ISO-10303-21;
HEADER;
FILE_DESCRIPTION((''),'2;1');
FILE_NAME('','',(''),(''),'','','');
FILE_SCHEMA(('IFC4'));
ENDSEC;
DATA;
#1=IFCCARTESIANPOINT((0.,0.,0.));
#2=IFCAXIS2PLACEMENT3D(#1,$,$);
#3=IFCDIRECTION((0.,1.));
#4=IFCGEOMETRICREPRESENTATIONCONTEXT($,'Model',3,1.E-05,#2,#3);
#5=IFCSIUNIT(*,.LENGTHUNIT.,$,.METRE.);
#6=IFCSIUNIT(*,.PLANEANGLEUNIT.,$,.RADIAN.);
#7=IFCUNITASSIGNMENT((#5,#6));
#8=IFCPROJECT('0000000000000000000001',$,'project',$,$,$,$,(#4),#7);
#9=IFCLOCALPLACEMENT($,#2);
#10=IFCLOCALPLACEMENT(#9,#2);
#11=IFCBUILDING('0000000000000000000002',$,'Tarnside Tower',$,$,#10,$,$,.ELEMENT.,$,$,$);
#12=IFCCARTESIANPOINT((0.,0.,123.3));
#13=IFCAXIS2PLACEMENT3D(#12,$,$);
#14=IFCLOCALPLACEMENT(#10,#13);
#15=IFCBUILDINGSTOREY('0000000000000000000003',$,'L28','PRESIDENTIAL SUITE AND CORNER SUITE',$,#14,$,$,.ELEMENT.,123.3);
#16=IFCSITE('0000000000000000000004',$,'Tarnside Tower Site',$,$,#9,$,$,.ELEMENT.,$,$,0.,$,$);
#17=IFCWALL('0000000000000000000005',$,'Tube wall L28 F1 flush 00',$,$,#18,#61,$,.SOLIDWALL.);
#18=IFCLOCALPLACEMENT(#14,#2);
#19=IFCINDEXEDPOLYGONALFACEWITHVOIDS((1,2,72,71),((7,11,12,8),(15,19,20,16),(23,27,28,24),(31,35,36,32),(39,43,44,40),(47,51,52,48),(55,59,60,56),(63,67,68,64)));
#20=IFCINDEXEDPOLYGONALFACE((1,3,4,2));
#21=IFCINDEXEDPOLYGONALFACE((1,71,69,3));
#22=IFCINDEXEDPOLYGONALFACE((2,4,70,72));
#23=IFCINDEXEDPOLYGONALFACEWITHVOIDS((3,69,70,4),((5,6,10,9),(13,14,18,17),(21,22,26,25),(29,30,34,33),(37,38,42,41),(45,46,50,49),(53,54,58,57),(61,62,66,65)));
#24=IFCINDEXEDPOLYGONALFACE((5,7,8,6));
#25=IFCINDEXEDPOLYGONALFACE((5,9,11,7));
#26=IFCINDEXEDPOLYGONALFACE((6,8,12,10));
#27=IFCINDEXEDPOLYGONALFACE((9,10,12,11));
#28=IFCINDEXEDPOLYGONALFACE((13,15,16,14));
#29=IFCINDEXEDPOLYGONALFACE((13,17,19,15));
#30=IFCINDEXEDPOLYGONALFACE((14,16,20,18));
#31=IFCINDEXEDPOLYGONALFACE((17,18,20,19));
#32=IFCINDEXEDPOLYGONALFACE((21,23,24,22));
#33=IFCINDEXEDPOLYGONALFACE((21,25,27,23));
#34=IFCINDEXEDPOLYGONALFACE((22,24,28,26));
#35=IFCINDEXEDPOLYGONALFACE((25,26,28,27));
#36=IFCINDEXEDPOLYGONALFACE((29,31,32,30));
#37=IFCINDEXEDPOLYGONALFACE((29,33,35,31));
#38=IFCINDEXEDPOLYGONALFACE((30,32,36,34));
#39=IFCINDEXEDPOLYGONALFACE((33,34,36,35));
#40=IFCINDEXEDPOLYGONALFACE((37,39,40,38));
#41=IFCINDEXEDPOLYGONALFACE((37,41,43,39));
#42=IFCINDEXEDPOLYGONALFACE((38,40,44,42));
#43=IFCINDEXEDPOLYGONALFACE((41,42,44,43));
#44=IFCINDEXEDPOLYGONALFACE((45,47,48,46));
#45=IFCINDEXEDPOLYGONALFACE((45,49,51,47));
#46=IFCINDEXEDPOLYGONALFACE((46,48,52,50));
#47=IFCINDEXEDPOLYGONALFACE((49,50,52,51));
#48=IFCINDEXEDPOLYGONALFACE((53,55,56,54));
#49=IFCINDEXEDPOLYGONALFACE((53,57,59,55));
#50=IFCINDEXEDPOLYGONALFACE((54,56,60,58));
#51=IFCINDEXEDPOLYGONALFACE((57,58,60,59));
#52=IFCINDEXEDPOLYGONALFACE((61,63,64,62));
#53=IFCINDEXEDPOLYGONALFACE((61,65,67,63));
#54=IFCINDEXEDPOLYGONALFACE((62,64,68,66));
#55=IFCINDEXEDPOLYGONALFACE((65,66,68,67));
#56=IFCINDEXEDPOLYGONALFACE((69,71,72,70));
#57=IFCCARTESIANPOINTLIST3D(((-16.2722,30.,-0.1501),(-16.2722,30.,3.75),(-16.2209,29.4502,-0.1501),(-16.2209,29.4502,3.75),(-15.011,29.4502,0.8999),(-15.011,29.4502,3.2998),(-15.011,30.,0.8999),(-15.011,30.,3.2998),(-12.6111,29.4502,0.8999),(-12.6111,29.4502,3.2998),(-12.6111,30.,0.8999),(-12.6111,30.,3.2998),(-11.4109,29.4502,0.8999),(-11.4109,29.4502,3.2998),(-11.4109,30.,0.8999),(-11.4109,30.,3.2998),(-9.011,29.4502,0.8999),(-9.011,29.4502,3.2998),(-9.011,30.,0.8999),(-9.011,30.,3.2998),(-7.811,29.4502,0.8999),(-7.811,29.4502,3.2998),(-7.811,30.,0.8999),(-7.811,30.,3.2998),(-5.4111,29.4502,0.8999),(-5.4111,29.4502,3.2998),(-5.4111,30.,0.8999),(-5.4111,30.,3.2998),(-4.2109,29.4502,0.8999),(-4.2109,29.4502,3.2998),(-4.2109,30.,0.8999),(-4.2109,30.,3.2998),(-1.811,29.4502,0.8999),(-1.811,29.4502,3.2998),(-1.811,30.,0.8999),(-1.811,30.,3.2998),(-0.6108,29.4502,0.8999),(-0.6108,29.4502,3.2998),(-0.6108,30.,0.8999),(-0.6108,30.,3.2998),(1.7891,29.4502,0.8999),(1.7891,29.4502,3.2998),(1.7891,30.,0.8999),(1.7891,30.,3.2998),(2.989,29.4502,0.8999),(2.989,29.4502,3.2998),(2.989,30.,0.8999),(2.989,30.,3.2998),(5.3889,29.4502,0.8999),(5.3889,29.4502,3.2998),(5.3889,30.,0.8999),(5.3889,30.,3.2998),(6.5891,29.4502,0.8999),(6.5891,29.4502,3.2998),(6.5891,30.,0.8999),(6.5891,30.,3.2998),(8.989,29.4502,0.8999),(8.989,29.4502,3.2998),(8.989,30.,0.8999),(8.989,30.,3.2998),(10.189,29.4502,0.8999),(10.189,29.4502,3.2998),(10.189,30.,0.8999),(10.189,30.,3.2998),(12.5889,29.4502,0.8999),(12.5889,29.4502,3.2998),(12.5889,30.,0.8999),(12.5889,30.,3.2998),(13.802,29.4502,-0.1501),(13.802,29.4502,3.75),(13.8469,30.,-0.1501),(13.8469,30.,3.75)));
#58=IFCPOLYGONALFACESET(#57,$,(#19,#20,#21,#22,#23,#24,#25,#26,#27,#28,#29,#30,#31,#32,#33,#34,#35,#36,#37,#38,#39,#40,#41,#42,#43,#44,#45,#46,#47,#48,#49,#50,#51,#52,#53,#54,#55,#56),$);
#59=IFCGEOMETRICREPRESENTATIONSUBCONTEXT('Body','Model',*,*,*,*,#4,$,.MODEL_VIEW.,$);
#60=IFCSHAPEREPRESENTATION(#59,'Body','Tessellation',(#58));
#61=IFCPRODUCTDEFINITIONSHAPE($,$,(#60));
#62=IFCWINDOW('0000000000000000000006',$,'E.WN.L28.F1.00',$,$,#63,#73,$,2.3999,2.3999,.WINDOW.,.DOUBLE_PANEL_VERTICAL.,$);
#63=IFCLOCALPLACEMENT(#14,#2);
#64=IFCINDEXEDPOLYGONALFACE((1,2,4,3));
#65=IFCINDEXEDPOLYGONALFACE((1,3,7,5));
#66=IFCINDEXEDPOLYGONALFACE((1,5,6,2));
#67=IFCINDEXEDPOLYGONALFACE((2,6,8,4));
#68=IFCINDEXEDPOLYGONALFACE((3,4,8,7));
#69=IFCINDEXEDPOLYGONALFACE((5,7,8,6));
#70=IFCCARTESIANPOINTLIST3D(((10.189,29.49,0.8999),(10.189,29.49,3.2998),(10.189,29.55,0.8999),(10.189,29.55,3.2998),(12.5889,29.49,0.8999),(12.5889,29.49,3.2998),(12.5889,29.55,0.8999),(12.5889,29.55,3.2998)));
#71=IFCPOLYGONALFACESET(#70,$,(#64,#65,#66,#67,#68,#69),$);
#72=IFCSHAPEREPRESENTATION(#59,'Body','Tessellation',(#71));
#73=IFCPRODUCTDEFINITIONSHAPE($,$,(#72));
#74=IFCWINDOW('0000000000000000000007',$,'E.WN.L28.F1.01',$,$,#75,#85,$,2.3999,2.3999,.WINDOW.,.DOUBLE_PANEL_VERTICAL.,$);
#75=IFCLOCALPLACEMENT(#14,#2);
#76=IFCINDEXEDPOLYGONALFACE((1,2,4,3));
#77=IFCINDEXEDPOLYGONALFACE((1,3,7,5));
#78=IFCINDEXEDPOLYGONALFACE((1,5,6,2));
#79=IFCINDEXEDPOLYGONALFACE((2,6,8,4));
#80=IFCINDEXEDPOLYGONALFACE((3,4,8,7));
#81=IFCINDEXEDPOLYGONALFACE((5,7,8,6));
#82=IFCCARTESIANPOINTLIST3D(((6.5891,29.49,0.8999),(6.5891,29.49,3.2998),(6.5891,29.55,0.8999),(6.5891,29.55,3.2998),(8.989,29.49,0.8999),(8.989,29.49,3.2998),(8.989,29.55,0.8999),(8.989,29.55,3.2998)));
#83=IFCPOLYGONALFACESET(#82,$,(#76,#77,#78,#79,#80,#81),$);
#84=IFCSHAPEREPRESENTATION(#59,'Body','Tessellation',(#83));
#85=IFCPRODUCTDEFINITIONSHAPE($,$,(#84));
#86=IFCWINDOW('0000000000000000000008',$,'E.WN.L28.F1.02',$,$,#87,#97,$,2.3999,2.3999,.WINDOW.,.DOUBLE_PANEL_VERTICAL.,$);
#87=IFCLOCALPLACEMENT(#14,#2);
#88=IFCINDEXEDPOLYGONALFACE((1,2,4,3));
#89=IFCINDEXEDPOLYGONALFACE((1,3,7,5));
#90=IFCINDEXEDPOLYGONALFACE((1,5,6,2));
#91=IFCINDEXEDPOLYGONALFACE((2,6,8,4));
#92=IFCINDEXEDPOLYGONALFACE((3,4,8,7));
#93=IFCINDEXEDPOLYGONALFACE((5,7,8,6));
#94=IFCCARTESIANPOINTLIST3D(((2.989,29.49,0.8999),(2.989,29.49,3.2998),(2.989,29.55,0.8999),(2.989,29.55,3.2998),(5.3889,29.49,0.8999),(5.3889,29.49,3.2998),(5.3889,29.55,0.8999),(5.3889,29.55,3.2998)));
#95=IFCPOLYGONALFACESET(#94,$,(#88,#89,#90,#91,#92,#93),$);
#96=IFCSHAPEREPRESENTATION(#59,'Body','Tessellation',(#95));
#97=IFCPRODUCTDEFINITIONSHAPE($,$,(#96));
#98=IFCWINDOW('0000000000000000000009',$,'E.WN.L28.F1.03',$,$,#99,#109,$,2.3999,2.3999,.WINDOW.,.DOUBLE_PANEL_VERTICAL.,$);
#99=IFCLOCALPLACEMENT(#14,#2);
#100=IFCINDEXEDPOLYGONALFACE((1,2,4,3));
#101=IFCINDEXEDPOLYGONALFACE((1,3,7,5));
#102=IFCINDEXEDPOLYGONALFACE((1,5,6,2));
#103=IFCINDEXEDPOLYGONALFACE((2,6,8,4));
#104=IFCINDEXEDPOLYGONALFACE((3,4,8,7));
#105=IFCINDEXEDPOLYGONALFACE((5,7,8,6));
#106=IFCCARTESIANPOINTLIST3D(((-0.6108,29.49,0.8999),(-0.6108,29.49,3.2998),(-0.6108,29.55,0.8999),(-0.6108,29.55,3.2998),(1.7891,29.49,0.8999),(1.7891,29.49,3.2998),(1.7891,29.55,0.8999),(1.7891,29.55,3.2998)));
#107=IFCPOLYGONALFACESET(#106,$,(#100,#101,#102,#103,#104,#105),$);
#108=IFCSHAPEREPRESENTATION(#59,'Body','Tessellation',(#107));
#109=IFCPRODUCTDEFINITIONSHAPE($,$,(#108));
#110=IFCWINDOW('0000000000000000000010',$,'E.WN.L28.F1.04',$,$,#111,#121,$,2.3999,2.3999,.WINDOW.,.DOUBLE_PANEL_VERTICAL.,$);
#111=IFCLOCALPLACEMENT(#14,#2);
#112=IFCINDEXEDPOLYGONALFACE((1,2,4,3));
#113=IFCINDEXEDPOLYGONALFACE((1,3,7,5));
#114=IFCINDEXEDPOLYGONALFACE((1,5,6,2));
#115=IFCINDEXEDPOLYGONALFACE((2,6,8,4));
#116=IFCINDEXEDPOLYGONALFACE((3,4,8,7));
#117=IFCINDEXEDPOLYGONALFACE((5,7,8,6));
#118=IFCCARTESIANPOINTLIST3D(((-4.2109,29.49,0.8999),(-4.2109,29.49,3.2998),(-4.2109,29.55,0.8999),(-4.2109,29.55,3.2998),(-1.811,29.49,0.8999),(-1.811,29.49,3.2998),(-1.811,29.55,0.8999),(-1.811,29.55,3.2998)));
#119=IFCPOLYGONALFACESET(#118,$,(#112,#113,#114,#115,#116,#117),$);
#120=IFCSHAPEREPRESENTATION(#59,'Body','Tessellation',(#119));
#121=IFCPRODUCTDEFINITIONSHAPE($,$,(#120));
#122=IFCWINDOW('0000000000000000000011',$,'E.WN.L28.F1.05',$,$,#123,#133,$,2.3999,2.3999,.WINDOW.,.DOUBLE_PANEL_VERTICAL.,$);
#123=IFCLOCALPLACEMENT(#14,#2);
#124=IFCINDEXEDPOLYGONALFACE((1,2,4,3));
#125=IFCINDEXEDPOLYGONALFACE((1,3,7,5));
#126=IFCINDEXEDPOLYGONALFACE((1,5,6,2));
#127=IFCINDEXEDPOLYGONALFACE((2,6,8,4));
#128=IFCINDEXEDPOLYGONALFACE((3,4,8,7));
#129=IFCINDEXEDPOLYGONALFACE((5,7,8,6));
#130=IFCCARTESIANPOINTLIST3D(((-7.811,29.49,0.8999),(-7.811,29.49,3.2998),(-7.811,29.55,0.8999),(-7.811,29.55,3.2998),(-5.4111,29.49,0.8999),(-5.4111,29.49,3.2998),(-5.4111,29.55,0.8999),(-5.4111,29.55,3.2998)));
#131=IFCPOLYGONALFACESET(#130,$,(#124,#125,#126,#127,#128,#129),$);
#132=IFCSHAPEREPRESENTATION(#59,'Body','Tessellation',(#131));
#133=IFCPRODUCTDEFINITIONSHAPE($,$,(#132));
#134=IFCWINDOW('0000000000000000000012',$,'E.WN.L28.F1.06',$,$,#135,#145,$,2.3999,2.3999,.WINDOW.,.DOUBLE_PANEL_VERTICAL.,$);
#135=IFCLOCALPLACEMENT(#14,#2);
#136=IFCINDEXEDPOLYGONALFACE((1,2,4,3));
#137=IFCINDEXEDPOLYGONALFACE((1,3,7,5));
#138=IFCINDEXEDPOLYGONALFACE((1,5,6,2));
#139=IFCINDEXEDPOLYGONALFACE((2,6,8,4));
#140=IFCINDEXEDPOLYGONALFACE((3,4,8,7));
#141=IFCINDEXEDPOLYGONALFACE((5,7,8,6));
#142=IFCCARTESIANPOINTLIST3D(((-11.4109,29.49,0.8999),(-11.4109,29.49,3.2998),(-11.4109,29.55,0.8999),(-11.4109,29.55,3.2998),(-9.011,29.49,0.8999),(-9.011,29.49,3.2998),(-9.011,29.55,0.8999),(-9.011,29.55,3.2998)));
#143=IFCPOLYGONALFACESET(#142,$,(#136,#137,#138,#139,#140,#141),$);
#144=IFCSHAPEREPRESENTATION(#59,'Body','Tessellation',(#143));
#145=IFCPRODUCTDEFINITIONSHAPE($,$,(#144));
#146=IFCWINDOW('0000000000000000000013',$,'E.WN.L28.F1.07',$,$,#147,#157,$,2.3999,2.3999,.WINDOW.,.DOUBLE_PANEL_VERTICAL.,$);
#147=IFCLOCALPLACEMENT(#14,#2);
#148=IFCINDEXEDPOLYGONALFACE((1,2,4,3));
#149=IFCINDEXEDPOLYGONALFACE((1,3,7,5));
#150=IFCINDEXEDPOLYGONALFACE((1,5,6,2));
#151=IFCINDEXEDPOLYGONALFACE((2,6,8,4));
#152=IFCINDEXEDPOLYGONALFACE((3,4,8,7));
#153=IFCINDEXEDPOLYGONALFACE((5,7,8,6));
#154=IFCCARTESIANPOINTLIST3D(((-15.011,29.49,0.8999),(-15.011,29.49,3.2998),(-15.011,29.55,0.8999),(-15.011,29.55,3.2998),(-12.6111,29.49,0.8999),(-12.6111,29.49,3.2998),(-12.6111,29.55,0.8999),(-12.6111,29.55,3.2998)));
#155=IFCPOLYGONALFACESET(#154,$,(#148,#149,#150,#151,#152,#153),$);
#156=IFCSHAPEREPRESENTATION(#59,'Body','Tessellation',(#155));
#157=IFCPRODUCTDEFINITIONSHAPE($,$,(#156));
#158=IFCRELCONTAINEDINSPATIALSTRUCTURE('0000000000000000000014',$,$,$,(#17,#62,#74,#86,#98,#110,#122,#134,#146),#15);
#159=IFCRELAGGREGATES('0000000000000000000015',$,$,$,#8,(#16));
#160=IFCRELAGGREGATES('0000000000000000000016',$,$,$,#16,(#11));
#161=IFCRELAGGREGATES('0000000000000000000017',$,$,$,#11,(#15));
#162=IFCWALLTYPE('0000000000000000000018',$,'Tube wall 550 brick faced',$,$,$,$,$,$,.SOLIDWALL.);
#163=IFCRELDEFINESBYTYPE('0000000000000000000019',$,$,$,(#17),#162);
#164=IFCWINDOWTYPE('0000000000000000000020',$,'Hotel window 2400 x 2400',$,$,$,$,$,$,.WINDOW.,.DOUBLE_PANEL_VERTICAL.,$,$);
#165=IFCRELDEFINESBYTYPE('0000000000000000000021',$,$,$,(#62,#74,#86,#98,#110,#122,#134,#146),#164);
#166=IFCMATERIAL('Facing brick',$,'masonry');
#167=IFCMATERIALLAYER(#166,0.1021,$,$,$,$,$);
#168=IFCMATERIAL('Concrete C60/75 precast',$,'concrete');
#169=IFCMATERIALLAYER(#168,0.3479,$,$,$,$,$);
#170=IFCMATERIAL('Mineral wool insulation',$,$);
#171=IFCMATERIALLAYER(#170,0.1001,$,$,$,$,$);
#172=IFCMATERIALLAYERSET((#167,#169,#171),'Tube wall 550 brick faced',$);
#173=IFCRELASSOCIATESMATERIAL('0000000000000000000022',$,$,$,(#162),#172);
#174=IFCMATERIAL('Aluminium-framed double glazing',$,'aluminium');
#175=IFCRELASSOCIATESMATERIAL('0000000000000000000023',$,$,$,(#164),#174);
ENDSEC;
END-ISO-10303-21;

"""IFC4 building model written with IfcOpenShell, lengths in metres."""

from ifc_helpers import new_model, si_unit, direction, frame, frame_2d, origin, place, context, subcontext, project, spatial, polyline, rectangle, outline, extrude, material, layer, layer_set, type_object, element, fill, save


model = new_model("IFC4")

# Units and contexts
model_context = context("Model", 3, precision=1e-05, world=origin(), true_north=direction((0.0, 1.0)))
body_context = subcontext(model_context, "Body", "Model", "MODEL_VIEW")
ifc_project = project(units=[si_unit("LENGTHUNIT", "METRE"), si_unit("PLANEANGLEUNIT", "RADIAN")], contexts=[model_context])

# Site, building, storey
site_placement = place(None, origin())
site = spatial("IfcSite", under=ifc_project, at=site_placement, Name="Tarnside Tower Site", CompositionType="ELEMENT", RefElevation=0.0)
building_placement = place(site_placement, origin())
building = spatial("IfcBuilding", under=site, at=building_placement, Name="Tarnside Tower", CompositionType="ELEMENT")
storey_placement = place(building_placement, frame((0.0, 0.0, 123.3)))
storey = spatial("IfcBuildingStorey", under=building, at=storey_placement, Name="L28", Description="PRESIDENTIAL SUITE AND CORNER SUITE", CompositionType="ELEMENT", Elevation=123.3)

# Wall, openings, windows
ifc_material_1 = material(Name="Facing brick", Category="masonry")
ifc_layer_1 = layer(ifc_material_1, 0.1021)
ifc_material_2 = material(Name="Concrete C60/75 precast", Category="concrete")
ifc_layer_2 = layer(ifc_material_2, 0.3479)
ifc_material_3 = material(Name="Mineral wool insulation")
ifc_layer_3 = layer(ifc_material_3, 0.1001)
ifc_layer_set_1 = layer_set([ifc_layer_1, ifc_layer_2, ifc_layer_3], Name="Tube wall 550 brick faced")
wall_type_1 = type_object("IfcWallType", Name="Tube wall 550 brick faced", PredefinedType="SOLIDWALL", material=ifc_layer_set_1)
wall_1_placement = place(storey_placement, frame((13.8245, 29.7251, -0.1501), z_axis=(0.0, 0.0, 1.0), x_axis=(-1.0, 0.0, 0.0)))
wall_1 = element("IfcWall", 1, at=wall_1_placement, inside=storey, type_object=wall_type_1, Name="Tube wall L28 F1 flush 00", PredefinedType="SOLIDWALL", context=body_context, shape_type="SweptSolid", body=[
    extrude(outline(polyline([(-0.0225, -0.2749), (30.0967, -0.2749), (30.0454, 0.2749), (0.0225, 0.2749), (-0.0225, -0.2749)])), origin(), (0.0, 0.0, 1.0), 3.9001),
])
opening_1_placement = place(wall_1_placement, frame((1.2356, 0.0, 1.05)))
opening_1 = element("IfcOpeningElement", 2, at=opening_1_placement, cuts=wall_1, PredefinedType="OPENING", context=body_context, shape_type="SweptSolid", body=[
    extrude(rectangle(XDim=2.3999, YDim=2.3999, at=frame_2d((1.2, 1.2))), frame((0.0, 0.2852, 0.0), z_axis=(0.0, -1.0, 0.0), x_axis=(1.0, 0.0, 0.0)), (0.0, 0.0, 1.0), 0.5701),
])
opening_2_placement = place(wall_1_placement, frame((4.8354, 0.0, 1.05)))
opening_2 = element("IfcOpeningElement", 3, at=opening_2_placement, cuts=wall_1, PredefinedType="OPENING", context=body_context, shape_type="SweptSolid", body=[
    extrude(rectangle(XDim=2.3999, YDim=2.3999, at=frame_2d((1.2, 1.2))), frame((0.0, 0.2852, 0.0), z_axis=(0.0, -1.0, 0.0), x_axis=(1.0, 0.0, 0.0)), (0.0, 0.0, 1.0), 0.5701),
])
opening_3_placement = place(wall_1_placement, frame((8.4355, 0.0, 1.05)))
opening_3 = element("IfcOpeningElement", 4, at=opening_3_placement, cuts=wall_1, PredefinedType="OPENING", context=body_context, shape_type="SweptSolid", body=[
    extrude(rectangle(XDim=2.3999, YDim=2.3999, at=frame_2d((1.2, 1.2))), frame((0.0, 0.2852, 0.0), z_axis=(0.0, -1.0, 0.0), x_axis=(1.0, 0.0, 0.0)), (0.0, 0.0, 1.0), 0.5701),
])
opening_4_placement = place(wall_1_placement, frame((12.0354, 0.0, 1.05)))
opening_4 = element("IfcOpeningElement", 5, at=opening_4_placement, cuts=wall_1, PredefinedType="OPENING", context=body_context, shape_type="SweptSolid", body=[
    extrude(rectangle(XDim=2.3999, YDim=2.3999, at=frame_2d((1.2, 1.2))), frame((0.0, 0.2852, 0.0), z_axis=(0.0, -1.0, 0.0), x_axis=(1.0, 0.0, 0.0)), (0.0, 0.0, 1.0), 0.5701),
])
opening_5_placement = place(wall_1_placement, frame((15.6355, 0.0, 1.05)))
opening_5 = element("IfcOpeningElement", 6, at=opening_5_placement, cuts=wall_1, PredefinedType="OPENING", context=body_context, shape_type="SweptSolid", body=[
    extrude(rectangle(XDim=2.3999, YDim=2.3999, at=frame_2d((1.2, 1.2))), frame((0.0, 0.2852, 0.0), z_axis=(0.0, -1.0, 0.0), x_axis=(1.0, 0.0, 0.0)), (0.0, 0.0, 1.0), 0.5701),
])
opening_6_placement = place(wall_1_placement, frame((19.2356, 0.0, 1.05)))
opening_6 = element("IfcOpeningElement", 7, at=opening_6_placement, cuts=wall_1, PredefinedType="OPENING", context=body_context, shape_type="SweptSolid", body=[
    extrude(rectangle(XDim=2.3999, YDim=2.3999, at=frame_2d((1.2, 1.2))), frame((0.0, 0.2852, 0.0), z_axis=(0.0, -1.0, 0.0), x_axis=(1.0, 0.0, 0.0)), (0.0, 0.0, 1.0), 0.5701),
])
opening_7_placement = place(wall_1_placement, frame((22.8354, 0.0, 1.05)))
opening_7 = element("IfcOpeningElement", 8, at=opening_7_placement, cuts=wall_1, PredefinedType="OPENING", context=body_context, shape_type="SweptSolid", body=[
    extrude(rectangle(XDim=2.3999, YDim=2.3999, at=frame_2d((1.2, 1.2))), frame((0.0, 0.2852, 0.0), z_axis=(0.0, -1.0, 0.0), x_axis=(1.0, 0.0, 0.0)), (0.0, 0.0, 1.0), 0.5701),
])
opening_8_placement = place(wall_1_placement, frame((26.4355, 0.0, 1.05)))
opening_8 = element("IfcOpeningElement", 9, at=opening_8_placement, cuts=wall_1, PredefinedType="OPENING", context=body_context, shape_type="SweptSolid", body=[
    extrude(rectangle(XDim=2.3999, YDim=2.3999, at=frame_2d((1.2, 1.2))), frame((0.0, 0.2852, 0.0), z_axis=(0.0, -1.0, 0.0), x_axis=(1.0, 0.0, 0.0)), (0.0, 0.0, 1.0), 0.5701),
])
ifc_material_4 = material(Name="Aluminium-framed double glazing", Category="aluminium")
window_type = type_object("IfcWindowType", Name="Hotel window 2400 x 2400", PartitioningType="DOUBLE_PANEL_VERTICAL", PredefinedType="WINDOW", material=ifc_material_4)
window_1_placement = place(opening_1_placement, frame((0.0, 0.2051, 0.0)))
window_1 = element("IfcWindow", 10, at=window_1_placement, inside=storey, type_object=window_type, Name="E.WN.L28.F1.00", OverallHeight=2.3999, OverallWidth=2.3999, PartitioningType="DOUBLE_PANEL_VERTICAL", PredefinedType="WINDOW", context=body_context, shape_type="SweptSolid", body=[
    extrude(rectangle(XDim=2.3999, YDim=2.3999, at=frame_2d((1.2, 1.2))), frame((0.0, 0.03, 0.0), z_axis=(0.0, -1.0, 0.0), x_axis=(1.0, 0.0, 0.0)), (0.0, 0.0, 1.0), 0.0601),
])
fill(opening_1, window_1)
window_2_placement = place(opening_2_placement, frame((0.0, 0.2051, 0.0)))
window_2 = element("IfcWindow", 11, at=window_2_placement, inside=storey, type_object=window_type, Name="E.WN.L28.F1.01", OverallHeight=2.3999, OverallWidth=2.3999, PartitioningType="DOUBLE_PANEL_VERTICAL", PredefinedType="WINDOW", context=body_context, shape_type="SweptSolid", body=[
    extrude(rectangle(XDim=2.3999, YDim=2.3999, at=frame_2d((1.2, 1.2))), frame((0.0, 0.03, 0.0), z_axis=(0.0, -1.0, 0.0), x_axis=(1.0, 0.0, 0.0)), (0.0, 0.0, 1.0), 0.0601),
])
fill(opening_2, window_2)
window_3_placement = place(opening_3_placement, frame((0.0, 0.2051, 0.0)))
window_3 = element("IfcWindow", 12, at=window_3_placement, inside=storey, type_object=window_type, Name="E.WN.L28.F1.02", OverallHeight=2.3999, OverallWidth=2.3999, PartitioningType="DOUBLE_PANEL_VERTICAL", PredefinedType="WINDOW", context=body_context, shape_type="SweptSolid", body=[
    extrude(rectangle(XDim=2.3999, YDim=2.3999, at=frame_2d((1.2, 1.2))), frame((0.0, 0.03, 0.0), z_axis=(0.0, -1.0, 0.0), x_axis=(1.0, 0.0, 0.0)), (0.0, 0.0, 1.0), 0.0601),
])
fill(opening_3, window_3)
window_4_placement = place(opening_4_placement, frame((0.0, 0.2051, 0.0)))
window_4 = element("IfcWindow", 13, at=window_4_placement, inside=storey, type_object=window_type, Name="E.WN.L28.F1.03", OverallHeight=2.3999, OverallWidth=2.3999, PartitioningType="DOUBLE_PANEL_VERTICAL", PredefinedType="WINDOW", context=body_context, shape_type="SweptSolid", body=[
    extrude(rectangle(XDim=2.3999, YDim=2.3999, at=frame_2d((1.2, 1.2))), frame((0.0, 0.03, 0.0), z_axis=(0.0, -1.0, 0.0), x_axis=(1.0, 0.0, 0.0)), (0.0, 0.0, 1.0), 0.0601),
])
fill(opening_4, window_4)
window_5_placement = place(opening_5_placement, frame((0.0, 0.2051, 0.0)))
window_5 = element("IfcWindow", 14, at=window_5_placement, inside=storey, type_object=window_type, Name="E.WN.L28.F1.04", OverallHeight=2.3999, OverallWidth=2.3999, PartitioningType="DOUBLE_PANEL_VERTICAL", PredefinedType="WINDOW", context=body_context, shape_type="SweptSolid", body=[
    extrude(rectangle(XDim=2.3999, YDim=2.3999, at=frame_2d((1.2, 1.2))), frame((0.0, 0.03, 0.0), z_axis=(0.0, -1.0, 0.0), x_axis=(1.0, 0.0, 0.0)), (0.0, 0.0, 1.0), 0.0601),
])
fill(opening_5, window_5)
window_6_placement = place(opening_6_placement, frame((0.0, 0.2051, 0.0)))
window_6 = element("IfcWindow", 15, at=window_6_placement, inside=storey, type_object=window_type, Name="E.WN.L28.F1.05", OverallHeight=2.3999, OverallWidth=2.3999, PartitioningType="DOUBLE_PANEL_VERTICAL", PredefinedType="WINDOW", context=body_context, shape_type="SweptSolid", body=[
    extrude(rectangle(XDim=2.3999, YDim=2.3999, at=frame_2d((1.2, 1.2))), frame((0.0, 0.03, 0.0), z_axis=(0.0, -1.0, 0.0), x_axis=(1.0, 0.0, 0.0)), (0.0, 0.0, 1.0), 0.0601),
])
fill(opening_6, window_6)
window_7_placement = place(opening_7_placement, frame((0.0, 0.2051, 0.0)))
window_7 = element("IfcWindow", 16, at=window_7_placement, inside=storey, type_object=window_type, Name="E.WN.L28.F1.06", OverallHeight=2.3999, OverallWidth=2.3999, PartitioningType="DOUBLE_PANEL_VERTICAL", PredefinedType="WINDOW", context=body_context, shape_type="SweptSolid", body=[
    extrude(rectangle(XDim=2.3999, YDim=2.3999, at=frame_2d((1.2, 1.2))), frame((0.0, 0.03, 0.0), z_axis=(0.0, -1.0, 0.0), x_axis=(1.0, 0.0, 0.0)), (0.0, 0.0, 1.0), 0.0601),
])
fill(opening_7, window_7)
window_8_placement = place(opening_8_placement, frame((0.0, 0.2051, 0.0)))
window_8 = element("IfcWindow", 17, at=window_8_placement, inside=storey, type_object=window_type, Name="E.WN.L28.F1.07", OverallHeight=2.3999, OverallWidth=2.3999, PartitioningType="DOUBLE_PANEL_VERTICAL", PredefinedType="WINDOW", context=body_context, shape_type="SweptSolid", body=[
    extrude(rectangle(XDim=2.3999, YDim=2.3999, at=frame_2d((1.2, 1.2))), frame((0.0, 0.03, 0.0), z_axis=(0.0, -1.0, 0.0), x_axis=(1.0, 0.0, 0.0)), (0.0, 0.0, 1.0), 0.0601),
])
fill(opening_8, window_8)

save(model, "model.ifc")
